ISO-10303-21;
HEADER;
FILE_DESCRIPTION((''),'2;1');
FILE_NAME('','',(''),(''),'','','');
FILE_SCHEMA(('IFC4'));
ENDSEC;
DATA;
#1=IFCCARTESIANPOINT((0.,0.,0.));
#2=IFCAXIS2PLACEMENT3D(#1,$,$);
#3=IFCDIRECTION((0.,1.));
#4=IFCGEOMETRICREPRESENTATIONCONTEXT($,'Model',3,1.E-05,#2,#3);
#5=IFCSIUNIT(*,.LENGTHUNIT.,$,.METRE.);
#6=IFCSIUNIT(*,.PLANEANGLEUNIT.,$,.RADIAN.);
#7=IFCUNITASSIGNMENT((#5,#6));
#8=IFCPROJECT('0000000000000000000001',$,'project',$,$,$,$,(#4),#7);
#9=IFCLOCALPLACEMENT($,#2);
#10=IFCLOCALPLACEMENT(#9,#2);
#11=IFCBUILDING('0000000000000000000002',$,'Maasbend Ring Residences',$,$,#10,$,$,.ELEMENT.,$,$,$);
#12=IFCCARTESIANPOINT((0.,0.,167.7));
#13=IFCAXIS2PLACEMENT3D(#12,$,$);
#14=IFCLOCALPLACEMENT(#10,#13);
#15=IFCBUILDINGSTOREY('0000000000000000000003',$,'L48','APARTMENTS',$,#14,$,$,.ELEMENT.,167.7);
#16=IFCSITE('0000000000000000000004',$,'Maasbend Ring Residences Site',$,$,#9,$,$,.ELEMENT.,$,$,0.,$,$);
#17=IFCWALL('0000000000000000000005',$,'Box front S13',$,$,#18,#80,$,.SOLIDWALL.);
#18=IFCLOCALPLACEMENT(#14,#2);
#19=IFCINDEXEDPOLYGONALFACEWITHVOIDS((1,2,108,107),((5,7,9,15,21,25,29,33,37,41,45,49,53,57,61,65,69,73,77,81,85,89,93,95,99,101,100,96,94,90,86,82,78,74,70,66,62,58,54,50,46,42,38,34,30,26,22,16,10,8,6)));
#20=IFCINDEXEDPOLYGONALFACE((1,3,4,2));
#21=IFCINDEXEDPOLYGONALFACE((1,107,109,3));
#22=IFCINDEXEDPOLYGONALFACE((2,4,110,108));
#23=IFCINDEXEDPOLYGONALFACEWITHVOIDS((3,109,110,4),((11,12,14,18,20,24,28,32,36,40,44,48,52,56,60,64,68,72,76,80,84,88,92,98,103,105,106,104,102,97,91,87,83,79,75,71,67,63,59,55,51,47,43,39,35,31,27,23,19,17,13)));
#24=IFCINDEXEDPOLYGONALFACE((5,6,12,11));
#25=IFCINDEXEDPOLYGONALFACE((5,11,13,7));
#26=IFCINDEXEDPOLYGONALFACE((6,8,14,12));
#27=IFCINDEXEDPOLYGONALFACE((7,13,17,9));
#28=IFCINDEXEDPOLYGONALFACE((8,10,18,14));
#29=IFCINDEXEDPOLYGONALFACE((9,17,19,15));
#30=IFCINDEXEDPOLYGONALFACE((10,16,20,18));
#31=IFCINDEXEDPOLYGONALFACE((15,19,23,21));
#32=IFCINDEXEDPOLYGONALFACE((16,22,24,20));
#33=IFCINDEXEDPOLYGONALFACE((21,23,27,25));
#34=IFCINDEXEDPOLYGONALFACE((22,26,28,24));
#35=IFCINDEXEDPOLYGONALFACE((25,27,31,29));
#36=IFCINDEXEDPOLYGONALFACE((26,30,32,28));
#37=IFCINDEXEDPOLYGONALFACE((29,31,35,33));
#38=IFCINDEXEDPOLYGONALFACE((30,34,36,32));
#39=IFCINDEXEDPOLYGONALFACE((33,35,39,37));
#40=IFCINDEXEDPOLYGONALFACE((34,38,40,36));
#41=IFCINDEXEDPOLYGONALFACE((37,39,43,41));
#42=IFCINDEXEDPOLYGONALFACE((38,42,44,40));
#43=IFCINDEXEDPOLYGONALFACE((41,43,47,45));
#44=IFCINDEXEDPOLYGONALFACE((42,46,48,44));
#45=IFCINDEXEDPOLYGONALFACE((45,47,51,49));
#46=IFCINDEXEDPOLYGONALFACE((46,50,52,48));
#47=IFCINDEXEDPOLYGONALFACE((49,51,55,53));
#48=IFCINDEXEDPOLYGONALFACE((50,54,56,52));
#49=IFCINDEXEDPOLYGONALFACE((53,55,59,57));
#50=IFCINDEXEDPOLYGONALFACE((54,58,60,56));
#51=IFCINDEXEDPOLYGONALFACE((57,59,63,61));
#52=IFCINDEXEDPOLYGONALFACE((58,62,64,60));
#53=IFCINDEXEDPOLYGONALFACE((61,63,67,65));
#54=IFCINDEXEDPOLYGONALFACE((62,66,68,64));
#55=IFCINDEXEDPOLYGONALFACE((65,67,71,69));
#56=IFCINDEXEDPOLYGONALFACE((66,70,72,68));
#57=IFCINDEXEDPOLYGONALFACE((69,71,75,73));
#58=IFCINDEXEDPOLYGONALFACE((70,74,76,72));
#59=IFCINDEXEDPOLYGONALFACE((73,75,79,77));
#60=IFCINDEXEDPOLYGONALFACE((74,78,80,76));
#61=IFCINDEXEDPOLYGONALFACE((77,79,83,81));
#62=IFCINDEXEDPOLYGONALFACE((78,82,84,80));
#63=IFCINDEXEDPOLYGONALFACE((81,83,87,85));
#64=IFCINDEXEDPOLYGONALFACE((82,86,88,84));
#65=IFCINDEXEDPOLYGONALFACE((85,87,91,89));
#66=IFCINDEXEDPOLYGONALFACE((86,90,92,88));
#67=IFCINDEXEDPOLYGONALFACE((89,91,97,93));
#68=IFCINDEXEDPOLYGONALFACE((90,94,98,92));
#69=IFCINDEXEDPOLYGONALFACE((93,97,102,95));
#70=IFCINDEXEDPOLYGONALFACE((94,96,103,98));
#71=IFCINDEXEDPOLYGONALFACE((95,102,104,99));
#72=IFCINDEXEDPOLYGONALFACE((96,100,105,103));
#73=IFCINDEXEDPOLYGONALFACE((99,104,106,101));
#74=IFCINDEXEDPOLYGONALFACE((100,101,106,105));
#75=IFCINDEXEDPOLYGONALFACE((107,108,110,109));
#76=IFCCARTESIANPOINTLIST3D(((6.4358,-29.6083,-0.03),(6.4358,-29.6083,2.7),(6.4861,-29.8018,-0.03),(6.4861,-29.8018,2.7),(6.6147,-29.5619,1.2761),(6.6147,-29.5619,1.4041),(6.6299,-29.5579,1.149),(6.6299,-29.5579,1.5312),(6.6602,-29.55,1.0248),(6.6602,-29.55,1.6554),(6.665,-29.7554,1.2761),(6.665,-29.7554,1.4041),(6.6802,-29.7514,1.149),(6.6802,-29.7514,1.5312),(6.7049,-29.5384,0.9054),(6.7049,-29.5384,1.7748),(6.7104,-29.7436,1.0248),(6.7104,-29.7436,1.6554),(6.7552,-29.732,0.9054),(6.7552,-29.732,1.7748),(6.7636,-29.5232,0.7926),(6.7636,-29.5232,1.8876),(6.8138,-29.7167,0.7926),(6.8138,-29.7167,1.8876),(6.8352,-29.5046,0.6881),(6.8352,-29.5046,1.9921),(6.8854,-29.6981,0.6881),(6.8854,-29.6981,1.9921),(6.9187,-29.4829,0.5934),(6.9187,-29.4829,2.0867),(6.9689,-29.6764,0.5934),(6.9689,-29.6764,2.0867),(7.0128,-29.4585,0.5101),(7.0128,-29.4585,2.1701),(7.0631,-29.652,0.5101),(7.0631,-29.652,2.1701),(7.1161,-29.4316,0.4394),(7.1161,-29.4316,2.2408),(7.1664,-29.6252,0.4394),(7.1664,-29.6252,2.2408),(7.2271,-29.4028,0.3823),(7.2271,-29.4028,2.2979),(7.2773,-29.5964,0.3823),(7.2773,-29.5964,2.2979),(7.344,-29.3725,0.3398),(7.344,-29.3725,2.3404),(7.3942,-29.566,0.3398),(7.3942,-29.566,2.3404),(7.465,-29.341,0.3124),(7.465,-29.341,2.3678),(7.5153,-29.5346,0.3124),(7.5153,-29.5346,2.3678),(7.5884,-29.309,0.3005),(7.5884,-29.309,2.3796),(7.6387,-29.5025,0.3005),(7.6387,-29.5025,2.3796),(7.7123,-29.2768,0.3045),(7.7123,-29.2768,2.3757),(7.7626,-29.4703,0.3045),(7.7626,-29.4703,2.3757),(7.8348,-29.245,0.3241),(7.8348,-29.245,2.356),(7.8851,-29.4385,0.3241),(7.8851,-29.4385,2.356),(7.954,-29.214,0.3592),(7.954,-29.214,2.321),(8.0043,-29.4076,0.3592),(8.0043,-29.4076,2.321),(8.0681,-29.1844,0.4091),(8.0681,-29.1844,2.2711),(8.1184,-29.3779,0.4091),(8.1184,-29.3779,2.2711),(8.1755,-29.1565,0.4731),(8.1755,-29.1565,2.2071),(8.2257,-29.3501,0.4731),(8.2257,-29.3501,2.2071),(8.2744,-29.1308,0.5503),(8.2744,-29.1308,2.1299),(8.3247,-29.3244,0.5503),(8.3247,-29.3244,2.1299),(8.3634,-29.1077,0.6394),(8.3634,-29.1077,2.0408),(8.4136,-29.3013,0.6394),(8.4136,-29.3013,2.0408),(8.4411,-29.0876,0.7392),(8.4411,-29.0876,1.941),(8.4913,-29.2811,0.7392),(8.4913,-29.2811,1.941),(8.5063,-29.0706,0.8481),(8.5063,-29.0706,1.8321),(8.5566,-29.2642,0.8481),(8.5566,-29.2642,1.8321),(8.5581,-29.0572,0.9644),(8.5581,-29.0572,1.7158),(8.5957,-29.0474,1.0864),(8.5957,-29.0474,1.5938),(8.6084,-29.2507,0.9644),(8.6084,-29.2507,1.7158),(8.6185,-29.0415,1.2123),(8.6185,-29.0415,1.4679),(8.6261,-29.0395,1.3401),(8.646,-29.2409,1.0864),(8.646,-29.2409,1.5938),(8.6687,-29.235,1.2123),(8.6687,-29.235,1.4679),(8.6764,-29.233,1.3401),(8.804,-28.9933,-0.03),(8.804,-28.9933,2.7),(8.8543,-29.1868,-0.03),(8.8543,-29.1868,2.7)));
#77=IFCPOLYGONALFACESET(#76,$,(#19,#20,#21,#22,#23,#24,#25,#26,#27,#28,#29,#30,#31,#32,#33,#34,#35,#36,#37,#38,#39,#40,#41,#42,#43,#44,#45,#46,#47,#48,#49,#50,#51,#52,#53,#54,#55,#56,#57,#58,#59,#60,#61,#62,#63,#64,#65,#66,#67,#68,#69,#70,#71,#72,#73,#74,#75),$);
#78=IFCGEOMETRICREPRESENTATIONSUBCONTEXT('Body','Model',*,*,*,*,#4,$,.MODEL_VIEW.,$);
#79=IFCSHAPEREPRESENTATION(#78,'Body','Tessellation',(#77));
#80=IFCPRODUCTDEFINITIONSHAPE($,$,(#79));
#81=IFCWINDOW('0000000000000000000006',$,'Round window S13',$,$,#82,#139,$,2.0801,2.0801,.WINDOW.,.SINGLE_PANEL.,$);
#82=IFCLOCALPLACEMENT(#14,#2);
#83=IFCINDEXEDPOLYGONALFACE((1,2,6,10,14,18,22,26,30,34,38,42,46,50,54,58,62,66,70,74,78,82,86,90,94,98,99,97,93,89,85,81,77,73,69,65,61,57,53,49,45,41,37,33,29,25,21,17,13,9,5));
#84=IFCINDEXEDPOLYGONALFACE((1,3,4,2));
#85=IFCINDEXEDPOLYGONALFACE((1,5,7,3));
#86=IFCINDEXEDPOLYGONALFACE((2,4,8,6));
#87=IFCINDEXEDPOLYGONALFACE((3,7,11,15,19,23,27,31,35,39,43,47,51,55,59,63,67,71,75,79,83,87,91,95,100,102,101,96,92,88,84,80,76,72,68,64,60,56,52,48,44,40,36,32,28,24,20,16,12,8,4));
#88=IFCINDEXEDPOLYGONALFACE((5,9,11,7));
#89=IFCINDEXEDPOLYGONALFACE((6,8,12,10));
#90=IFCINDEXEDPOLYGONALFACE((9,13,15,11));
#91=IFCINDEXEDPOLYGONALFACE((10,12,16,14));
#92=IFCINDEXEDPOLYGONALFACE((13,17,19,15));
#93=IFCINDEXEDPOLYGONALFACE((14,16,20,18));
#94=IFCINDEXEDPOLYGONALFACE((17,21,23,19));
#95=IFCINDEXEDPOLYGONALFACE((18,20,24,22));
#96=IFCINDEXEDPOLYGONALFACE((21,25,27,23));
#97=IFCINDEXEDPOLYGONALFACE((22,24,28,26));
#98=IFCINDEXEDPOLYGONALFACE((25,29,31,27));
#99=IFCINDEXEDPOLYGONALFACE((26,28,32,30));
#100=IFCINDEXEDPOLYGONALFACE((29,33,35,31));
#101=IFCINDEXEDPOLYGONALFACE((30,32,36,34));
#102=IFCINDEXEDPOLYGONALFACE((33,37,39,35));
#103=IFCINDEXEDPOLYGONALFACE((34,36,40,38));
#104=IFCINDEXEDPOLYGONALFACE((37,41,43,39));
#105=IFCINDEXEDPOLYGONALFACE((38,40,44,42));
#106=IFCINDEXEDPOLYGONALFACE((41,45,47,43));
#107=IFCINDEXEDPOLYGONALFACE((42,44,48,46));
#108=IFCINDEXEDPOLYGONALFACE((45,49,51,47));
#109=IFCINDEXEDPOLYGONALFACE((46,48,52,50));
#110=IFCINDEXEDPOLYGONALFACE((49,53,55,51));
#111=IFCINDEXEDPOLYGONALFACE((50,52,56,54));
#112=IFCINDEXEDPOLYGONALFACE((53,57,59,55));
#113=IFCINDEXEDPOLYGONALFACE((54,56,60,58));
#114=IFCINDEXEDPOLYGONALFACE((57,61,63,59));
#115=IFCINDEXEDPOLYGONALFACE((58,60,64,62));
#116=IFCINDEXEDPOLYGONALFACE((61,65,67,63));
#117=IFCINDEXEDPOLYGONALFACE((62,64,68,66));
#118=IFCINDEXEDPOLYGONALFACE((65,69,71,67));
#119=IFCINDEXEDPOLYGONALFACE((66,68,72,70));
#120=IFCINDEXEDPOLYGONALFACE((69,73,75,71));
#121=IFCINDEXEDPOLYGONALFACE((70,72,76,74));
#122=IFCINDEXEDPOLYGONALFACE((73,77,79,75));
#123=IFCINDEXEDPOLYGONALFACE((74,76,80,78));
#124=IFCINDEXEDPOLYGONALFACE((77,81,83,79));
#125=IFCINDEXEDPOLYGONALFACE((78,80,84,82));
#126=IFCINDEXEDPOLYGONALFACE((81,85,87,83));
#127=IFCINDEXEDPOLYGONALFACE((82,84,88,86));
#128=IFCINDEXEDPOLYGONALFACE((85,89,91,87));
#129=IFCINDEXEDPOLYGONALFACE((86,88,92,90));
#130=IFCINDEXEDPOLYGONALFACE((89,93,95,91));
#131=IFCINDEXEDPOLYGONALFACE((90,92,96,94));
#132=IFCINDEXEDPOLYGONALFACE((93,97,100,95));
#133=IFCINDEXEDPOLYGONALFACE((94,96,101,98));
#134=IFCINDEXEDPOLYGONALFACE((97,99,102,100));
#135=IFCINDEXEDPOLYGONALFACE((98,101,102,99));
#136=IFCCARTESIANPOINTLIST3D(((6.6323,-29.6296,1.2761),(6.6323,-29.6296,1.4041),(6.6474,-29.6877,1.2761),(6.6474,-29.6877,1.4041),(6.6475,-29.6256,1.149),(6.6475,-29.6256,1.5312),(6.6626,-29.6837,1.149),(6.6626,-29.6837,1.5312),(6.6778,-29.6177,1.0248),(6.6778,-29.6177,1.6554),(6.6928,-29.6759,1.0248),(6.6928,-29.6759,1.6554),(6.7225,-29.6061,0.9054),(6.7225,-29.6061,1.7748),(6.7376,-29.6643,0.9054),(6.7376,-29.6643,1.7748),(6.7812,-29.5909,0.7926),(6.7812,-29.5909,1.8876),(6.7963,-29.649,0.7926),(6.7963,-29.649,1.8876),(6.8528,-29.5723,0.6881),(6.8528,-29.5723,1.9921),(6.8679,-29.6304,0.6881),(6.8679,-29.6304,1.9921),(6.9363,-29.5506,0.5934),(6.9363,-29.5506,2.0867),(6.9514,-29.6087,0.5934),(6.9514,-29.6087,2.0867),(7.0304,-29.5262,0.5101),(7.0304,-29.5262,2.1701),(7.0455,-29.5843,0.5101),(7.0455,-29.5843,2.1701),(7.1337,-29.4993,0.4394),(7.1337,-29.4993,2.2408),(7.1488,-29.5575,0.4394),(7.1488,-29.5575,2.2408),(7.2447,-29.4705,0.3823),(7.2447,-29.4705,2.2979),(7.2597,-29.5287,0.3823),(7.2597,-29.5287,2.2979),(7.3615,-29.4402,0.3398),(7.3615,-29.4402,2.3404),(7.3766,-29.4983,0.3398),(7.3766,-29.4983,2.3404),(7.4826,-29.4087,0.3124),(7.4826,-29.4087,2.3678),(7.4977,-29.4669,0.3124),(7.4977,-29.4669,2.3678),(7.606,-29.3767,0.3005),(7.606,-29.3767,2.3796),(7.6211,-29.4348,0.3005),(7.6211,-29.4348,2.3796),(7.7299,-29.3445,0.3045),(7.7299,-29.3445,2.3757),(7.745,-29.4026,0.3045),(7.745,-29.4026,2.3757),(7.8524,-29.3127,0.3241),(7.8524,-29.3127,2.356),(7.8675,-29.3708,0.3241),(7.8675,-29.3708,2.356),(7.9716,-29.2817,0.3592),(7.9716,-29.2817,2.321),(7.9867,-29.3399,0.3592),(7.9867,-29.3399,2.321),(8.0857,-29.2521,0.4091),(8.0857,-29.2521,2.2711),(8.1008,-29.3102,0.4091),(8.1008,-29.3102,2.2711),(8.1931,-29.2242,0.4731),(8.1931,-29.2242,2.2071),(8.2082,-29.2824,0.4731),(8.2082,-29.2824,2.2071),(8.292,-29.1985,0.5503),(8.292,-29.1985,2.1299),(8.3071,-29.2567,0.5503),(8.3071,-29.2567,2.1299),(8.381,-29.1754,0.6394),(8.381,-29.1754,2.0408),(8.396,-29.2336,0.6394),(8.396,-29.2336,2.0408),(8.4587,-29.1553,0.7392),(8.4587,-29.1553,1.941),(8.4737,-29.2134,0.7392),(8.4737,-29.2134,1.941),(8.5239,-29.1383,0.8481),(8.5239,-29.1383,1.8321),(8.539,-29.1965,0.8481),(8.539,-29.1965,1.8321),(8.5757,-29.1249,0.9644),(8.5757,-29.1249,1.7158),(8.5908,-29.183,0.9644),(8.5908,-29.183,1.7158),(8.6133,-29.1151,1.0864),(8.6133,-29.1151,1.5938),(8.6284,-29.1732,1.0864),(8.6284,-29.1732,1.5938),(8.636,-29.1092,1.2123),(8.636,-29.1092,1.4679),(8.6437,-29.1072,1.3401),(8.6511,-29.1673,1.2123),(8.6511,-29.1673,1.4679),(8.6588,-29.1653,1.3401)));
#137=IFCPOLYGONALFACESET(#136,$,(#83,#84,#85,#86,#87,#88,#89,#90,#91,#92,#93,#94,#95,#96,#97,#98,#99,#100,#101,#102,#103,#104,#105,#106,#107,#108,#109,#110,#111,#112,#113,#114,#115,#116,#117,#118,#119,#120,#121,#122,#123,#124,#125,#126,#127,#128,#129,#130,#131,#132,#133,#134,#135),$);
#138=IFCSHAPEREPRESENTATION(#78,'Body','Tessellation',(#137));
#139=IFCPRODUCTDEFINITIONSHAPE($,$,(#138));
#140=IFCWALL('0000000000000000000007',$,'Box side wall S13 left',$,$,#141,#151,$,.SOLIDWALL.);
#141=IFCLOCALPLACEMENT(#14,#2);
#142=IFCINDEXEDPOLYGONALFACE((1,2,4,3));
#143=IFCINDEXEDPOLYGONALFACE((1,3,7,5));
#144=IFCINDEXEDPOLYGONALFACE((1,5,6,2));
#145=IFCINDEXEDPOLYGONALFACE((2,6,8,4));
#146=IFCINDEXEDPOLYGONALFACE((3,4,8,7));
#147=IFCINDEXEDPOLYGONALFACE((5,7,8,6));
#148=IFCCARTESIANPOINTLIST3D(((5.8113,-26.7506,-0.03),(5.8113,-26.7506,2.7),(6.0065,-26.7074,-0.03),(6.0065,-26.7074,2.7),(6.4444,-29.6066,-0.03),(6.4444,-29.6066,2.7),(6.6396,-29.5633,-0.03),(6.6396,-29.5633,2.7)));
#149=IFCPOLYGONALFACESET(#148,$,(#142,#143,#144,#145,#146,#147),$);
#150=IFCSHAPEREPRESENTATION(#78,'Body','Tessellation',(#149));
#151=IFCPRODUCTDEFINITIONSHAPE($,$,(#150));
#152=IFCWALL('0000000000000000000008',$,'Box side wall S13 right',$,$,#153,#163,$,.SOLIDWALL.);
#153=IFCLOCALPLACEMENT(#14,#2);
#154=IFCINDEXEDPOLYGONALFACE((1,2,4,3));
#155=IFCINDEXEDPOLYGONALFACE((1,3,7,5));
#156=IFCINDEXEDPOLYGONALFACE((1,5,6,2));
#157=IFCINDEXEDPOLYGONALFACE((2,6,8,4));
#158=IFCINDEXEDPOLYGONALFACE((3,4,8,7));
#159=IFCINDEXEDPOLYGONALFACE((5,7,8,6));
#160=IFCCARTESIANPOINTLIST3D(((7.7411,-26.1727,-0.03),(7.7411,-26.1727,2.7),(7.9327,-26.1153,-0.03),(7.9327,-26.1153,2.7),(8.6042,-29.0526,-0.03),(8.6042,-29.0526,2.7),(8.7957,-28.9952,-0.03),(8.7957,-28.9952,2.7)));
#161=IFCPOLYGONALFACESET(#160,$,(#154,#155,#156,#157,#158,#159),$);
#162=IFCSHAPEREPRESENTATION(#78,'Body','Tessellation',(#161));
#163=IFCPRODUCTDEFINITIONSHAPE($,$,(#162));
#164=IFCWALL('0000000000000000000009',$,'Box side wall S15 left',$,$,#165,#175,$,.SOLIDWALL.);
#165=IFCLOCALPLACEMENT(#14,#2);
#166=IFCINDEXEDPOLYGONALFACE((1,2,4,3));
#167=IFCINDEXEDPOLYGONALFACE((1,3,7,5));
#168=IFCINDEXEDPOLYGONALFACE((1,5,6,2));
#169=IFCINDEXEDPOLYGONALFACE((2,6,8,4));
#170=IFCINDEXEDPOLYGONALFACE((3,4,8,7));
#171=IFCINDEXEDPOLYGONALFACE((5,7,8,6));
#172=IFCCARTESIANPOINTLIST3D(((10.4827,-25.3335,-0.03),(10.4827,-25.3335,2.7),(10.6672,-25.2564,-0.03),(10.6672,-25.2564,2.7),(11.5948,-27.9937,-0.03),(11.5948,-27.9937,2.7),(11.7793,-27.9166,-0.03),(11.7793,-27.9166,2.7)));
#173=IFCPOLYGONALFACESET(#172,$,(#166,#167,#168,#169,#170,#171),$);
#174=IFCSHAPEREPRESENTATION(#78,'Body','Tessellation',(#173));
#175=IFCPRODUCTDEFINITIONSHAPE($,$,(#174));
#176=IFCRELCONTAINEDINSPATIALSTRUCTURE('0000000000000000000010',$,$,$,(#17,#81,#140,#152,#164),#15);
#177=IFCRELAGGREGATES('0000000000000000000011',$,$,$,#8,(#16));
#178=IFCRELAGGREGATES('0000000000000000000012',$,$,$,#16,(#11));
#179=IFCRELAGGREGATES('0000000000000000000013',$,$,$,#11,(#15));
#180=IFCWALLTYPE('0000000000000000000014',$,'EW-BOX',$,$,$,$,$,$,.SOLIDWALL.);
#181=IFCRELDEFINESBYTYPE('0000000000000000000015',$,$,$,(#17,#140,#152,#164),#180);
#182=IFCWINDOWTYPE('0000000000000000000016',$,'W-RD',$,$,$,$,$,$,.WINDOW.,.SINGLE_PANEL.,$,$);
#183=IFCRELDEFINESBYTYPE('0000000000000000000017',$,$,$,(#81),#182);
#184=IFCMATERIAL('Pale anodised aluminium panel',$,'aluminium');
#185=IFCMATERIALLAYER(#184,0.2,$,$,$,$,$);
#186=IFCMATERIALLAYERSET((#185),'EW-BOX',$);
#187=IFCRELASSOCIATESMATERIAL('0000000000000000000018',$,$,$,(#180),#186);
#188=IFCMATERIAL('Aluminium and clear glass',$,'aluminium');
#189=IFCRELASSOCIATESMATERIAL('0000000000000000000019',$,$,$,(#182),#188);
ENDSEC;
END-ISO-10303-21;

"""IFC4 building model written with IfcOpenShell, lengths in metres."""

from ifc_helpers import new_model, si_unit, direction, frame, frame_2d, origin, place, context, subcontext, project, spatial, rectangle, circle, extrude, material, layer, layer_set, type_object, element, fill, save


model = new_model("IFC4")

# Units and contexts
model_context = context("Model", 3, precision=1e-05, world=origin(), true_north=direction((0.0, 1.0)))
body_context = subcontext(model_context, "Body", "Model", "MODEL_VIEW")
ifc_project = project(units=[si_unit("LENGTHUNIT", "METRE"), si_unit("PLANEANGLEUNIT", "RADIAN")], contexts=[model_context])

# Site, building, storey
site_placement = place(None, origin())
site = spatial("IfcSite", under=ifc_project, at=site_placement, Name="Maasbend Ring Residences Site", CompositionType="ELEMENT", RefElevation=0.0)
building_placement = place(site_placement, origin())
building = spatial("IfcBuilding", under=site, at=building_placement, Name="Maasbend Ring Residences", CompositionType="ELEMENT")
storey_placement = place(building_placement, frame((0.0, 0.0, 167.7)))
storey = spatial("IfcBuildingStorey", under=building, at=storey_placement, Name="L48", Description="APARTMENTS", CompositionType="ELEMENT", Elevation=167.7)

# Shared definitions
ifc_material_1 = material(Name="Pale anodised aluminium panel", Category="aluminium")
ifc_layer_1 = layer(ifc_material_1, 0.2)
ifc_layer_set_1 = layer_set([ifc_layer_1], Name="EW-BOX")
wall_type_1 = type_object("IfcWallType", Name="EW-BOX", PredefinedType="SOLIDWALL", material=ifc_layer_set_1)

# Wall, opening, window
wall_1_placement = place(storey_placement, frame((6.4609, -29.7051, -0.03), z_axis=(0.0, 0.0, 1.0), x_axis=(0.967895, 0.251353, 0.0)))
wall_1 = element("IfcWall", 1, at=wall_1_placement, inside=storey, type_object=wall_type_1, Name="Box front S13", PredefinedType="SOLIDWALL", context=body_context, shape_type="SweptSolid", body=[
    extrude(rectangle(XDim=2.4468, YDim=0.2, at=frame_2d((1.2234, 0.0))), origin(), (0.0, 0.0, 1.0), 2.73),
])
opening_1_placement = place(wall_1_placement, frame((0.1829, 0.0, 0.3301)))
opening_1 = element("IfcOpeningElement", 2, at=opening_1_placement, cuts=wall_1, PredefinedType="OPENING", context=body_context, shape_type="SweptSolid", body=[
    extrude(circle(Radius=1.04, at=frame_2d((1.04, 1.04))), frame((0.0, 0.1099, 0.0), z_axis=(0.0, -1.0, 0.0), x_axis=(1.0, 0.0, 0.0)), (0.0, 0.0, 1.0), 0.22),
])
ifc_material_2 = material(Name="Aluminium and clear glass", Category="aluminium")
window_type_1 = type_object("IfcWindowType", Name="W-RD", PartitioningType="SINGLE_PANEL", PredefinedType="WINDOW", material=ifc_material_2)
window_1_placement = place(opening_1_placement, origin())
window_1 = element("IfcWindow", 3, at=window_1_placement, inside=storey, type_object=window_type_1, Name="Round window S13", OverallHeight=2.0801, OverallWidth=2.0801, PartitioningType="SINGLE_PANEL", PredefinedType="WINDOW", context=body_context, shape_type="SweptSolid", body=[
    extrude(circle(Radius=1.04, at=frame_2d((1.04, 1.04))), frame((0.0, 0.03, 0.0), z_axis=(0.0, -1.0, 0.0), x_axis=(1.0, 0.0, 0.0)), (0.0, 0.0, 1.0), 0.0601),
])
fill(opening_1, window_1)

# Walls
wall_2_placement = place(storey_placement, frame((5.9089, -26.729, -0.03), z_axis=(0.0, 0.0, 1.0), x_axis=(0.216409, -0.976303, 0.0)))
element("IfcWall", 4, at=wall_2_placement, inside=storey, type_object=wall_type_1, Name="Box side wall S13 left", PredefinedType="SOLIDWALL", context=body_context, shape_type="SweptSolid", body=[
    extrude(rectangle(XDim=2.9253, YDim=0.2, at=frame_2d((1.4626, 0.0))), origin(), (0.0, 0.0, 1.0), 2.73),
])
wall_3_placement = place(storey_placement, frame((7.8369, -26.144, -0.03), z_axis=(0.0, 0.0, 1.0), x_axis=(0.287065, -0.957911, 0.0)))
element("IfcWall", 5, at=wall_3_placement, inside=storey, type_object=wall_type_1, Name="Box side wall S13 right", PredefinedType="SOLIDWALL", context=body_context, shape_type="SweptSolid", body=[
    extrude(rectangle(XDim=3.0063, YDim=0.2, at=frame_2d((1.5032, 0.0))), origin(), (0.0, 0.0, 1.0), 2.73),
])
wall_4_placement = place(storey_placement, frame((10.575, -25.2949, -0.03), z_axis=(0.0, 0.0, 1.0), x_axis=(0.385697, -0.922625, 0.0)))
element("IfcWall", 6, at=wall_4_placement, inside=storey, type_object=wall_type_1, Name="Box side wall S15 left", PredefinedType="SOLIDWALL", context=body_context, shape_type="SweptSolid", body=[
    extrude(rectangle(XDim=2.8833, YDim=0.2, at=frame_2d((1.4417, 0.0))), origin(), (0.0, 0.0, 1.0), 2.73),
])

save(model, "model.ifc")
